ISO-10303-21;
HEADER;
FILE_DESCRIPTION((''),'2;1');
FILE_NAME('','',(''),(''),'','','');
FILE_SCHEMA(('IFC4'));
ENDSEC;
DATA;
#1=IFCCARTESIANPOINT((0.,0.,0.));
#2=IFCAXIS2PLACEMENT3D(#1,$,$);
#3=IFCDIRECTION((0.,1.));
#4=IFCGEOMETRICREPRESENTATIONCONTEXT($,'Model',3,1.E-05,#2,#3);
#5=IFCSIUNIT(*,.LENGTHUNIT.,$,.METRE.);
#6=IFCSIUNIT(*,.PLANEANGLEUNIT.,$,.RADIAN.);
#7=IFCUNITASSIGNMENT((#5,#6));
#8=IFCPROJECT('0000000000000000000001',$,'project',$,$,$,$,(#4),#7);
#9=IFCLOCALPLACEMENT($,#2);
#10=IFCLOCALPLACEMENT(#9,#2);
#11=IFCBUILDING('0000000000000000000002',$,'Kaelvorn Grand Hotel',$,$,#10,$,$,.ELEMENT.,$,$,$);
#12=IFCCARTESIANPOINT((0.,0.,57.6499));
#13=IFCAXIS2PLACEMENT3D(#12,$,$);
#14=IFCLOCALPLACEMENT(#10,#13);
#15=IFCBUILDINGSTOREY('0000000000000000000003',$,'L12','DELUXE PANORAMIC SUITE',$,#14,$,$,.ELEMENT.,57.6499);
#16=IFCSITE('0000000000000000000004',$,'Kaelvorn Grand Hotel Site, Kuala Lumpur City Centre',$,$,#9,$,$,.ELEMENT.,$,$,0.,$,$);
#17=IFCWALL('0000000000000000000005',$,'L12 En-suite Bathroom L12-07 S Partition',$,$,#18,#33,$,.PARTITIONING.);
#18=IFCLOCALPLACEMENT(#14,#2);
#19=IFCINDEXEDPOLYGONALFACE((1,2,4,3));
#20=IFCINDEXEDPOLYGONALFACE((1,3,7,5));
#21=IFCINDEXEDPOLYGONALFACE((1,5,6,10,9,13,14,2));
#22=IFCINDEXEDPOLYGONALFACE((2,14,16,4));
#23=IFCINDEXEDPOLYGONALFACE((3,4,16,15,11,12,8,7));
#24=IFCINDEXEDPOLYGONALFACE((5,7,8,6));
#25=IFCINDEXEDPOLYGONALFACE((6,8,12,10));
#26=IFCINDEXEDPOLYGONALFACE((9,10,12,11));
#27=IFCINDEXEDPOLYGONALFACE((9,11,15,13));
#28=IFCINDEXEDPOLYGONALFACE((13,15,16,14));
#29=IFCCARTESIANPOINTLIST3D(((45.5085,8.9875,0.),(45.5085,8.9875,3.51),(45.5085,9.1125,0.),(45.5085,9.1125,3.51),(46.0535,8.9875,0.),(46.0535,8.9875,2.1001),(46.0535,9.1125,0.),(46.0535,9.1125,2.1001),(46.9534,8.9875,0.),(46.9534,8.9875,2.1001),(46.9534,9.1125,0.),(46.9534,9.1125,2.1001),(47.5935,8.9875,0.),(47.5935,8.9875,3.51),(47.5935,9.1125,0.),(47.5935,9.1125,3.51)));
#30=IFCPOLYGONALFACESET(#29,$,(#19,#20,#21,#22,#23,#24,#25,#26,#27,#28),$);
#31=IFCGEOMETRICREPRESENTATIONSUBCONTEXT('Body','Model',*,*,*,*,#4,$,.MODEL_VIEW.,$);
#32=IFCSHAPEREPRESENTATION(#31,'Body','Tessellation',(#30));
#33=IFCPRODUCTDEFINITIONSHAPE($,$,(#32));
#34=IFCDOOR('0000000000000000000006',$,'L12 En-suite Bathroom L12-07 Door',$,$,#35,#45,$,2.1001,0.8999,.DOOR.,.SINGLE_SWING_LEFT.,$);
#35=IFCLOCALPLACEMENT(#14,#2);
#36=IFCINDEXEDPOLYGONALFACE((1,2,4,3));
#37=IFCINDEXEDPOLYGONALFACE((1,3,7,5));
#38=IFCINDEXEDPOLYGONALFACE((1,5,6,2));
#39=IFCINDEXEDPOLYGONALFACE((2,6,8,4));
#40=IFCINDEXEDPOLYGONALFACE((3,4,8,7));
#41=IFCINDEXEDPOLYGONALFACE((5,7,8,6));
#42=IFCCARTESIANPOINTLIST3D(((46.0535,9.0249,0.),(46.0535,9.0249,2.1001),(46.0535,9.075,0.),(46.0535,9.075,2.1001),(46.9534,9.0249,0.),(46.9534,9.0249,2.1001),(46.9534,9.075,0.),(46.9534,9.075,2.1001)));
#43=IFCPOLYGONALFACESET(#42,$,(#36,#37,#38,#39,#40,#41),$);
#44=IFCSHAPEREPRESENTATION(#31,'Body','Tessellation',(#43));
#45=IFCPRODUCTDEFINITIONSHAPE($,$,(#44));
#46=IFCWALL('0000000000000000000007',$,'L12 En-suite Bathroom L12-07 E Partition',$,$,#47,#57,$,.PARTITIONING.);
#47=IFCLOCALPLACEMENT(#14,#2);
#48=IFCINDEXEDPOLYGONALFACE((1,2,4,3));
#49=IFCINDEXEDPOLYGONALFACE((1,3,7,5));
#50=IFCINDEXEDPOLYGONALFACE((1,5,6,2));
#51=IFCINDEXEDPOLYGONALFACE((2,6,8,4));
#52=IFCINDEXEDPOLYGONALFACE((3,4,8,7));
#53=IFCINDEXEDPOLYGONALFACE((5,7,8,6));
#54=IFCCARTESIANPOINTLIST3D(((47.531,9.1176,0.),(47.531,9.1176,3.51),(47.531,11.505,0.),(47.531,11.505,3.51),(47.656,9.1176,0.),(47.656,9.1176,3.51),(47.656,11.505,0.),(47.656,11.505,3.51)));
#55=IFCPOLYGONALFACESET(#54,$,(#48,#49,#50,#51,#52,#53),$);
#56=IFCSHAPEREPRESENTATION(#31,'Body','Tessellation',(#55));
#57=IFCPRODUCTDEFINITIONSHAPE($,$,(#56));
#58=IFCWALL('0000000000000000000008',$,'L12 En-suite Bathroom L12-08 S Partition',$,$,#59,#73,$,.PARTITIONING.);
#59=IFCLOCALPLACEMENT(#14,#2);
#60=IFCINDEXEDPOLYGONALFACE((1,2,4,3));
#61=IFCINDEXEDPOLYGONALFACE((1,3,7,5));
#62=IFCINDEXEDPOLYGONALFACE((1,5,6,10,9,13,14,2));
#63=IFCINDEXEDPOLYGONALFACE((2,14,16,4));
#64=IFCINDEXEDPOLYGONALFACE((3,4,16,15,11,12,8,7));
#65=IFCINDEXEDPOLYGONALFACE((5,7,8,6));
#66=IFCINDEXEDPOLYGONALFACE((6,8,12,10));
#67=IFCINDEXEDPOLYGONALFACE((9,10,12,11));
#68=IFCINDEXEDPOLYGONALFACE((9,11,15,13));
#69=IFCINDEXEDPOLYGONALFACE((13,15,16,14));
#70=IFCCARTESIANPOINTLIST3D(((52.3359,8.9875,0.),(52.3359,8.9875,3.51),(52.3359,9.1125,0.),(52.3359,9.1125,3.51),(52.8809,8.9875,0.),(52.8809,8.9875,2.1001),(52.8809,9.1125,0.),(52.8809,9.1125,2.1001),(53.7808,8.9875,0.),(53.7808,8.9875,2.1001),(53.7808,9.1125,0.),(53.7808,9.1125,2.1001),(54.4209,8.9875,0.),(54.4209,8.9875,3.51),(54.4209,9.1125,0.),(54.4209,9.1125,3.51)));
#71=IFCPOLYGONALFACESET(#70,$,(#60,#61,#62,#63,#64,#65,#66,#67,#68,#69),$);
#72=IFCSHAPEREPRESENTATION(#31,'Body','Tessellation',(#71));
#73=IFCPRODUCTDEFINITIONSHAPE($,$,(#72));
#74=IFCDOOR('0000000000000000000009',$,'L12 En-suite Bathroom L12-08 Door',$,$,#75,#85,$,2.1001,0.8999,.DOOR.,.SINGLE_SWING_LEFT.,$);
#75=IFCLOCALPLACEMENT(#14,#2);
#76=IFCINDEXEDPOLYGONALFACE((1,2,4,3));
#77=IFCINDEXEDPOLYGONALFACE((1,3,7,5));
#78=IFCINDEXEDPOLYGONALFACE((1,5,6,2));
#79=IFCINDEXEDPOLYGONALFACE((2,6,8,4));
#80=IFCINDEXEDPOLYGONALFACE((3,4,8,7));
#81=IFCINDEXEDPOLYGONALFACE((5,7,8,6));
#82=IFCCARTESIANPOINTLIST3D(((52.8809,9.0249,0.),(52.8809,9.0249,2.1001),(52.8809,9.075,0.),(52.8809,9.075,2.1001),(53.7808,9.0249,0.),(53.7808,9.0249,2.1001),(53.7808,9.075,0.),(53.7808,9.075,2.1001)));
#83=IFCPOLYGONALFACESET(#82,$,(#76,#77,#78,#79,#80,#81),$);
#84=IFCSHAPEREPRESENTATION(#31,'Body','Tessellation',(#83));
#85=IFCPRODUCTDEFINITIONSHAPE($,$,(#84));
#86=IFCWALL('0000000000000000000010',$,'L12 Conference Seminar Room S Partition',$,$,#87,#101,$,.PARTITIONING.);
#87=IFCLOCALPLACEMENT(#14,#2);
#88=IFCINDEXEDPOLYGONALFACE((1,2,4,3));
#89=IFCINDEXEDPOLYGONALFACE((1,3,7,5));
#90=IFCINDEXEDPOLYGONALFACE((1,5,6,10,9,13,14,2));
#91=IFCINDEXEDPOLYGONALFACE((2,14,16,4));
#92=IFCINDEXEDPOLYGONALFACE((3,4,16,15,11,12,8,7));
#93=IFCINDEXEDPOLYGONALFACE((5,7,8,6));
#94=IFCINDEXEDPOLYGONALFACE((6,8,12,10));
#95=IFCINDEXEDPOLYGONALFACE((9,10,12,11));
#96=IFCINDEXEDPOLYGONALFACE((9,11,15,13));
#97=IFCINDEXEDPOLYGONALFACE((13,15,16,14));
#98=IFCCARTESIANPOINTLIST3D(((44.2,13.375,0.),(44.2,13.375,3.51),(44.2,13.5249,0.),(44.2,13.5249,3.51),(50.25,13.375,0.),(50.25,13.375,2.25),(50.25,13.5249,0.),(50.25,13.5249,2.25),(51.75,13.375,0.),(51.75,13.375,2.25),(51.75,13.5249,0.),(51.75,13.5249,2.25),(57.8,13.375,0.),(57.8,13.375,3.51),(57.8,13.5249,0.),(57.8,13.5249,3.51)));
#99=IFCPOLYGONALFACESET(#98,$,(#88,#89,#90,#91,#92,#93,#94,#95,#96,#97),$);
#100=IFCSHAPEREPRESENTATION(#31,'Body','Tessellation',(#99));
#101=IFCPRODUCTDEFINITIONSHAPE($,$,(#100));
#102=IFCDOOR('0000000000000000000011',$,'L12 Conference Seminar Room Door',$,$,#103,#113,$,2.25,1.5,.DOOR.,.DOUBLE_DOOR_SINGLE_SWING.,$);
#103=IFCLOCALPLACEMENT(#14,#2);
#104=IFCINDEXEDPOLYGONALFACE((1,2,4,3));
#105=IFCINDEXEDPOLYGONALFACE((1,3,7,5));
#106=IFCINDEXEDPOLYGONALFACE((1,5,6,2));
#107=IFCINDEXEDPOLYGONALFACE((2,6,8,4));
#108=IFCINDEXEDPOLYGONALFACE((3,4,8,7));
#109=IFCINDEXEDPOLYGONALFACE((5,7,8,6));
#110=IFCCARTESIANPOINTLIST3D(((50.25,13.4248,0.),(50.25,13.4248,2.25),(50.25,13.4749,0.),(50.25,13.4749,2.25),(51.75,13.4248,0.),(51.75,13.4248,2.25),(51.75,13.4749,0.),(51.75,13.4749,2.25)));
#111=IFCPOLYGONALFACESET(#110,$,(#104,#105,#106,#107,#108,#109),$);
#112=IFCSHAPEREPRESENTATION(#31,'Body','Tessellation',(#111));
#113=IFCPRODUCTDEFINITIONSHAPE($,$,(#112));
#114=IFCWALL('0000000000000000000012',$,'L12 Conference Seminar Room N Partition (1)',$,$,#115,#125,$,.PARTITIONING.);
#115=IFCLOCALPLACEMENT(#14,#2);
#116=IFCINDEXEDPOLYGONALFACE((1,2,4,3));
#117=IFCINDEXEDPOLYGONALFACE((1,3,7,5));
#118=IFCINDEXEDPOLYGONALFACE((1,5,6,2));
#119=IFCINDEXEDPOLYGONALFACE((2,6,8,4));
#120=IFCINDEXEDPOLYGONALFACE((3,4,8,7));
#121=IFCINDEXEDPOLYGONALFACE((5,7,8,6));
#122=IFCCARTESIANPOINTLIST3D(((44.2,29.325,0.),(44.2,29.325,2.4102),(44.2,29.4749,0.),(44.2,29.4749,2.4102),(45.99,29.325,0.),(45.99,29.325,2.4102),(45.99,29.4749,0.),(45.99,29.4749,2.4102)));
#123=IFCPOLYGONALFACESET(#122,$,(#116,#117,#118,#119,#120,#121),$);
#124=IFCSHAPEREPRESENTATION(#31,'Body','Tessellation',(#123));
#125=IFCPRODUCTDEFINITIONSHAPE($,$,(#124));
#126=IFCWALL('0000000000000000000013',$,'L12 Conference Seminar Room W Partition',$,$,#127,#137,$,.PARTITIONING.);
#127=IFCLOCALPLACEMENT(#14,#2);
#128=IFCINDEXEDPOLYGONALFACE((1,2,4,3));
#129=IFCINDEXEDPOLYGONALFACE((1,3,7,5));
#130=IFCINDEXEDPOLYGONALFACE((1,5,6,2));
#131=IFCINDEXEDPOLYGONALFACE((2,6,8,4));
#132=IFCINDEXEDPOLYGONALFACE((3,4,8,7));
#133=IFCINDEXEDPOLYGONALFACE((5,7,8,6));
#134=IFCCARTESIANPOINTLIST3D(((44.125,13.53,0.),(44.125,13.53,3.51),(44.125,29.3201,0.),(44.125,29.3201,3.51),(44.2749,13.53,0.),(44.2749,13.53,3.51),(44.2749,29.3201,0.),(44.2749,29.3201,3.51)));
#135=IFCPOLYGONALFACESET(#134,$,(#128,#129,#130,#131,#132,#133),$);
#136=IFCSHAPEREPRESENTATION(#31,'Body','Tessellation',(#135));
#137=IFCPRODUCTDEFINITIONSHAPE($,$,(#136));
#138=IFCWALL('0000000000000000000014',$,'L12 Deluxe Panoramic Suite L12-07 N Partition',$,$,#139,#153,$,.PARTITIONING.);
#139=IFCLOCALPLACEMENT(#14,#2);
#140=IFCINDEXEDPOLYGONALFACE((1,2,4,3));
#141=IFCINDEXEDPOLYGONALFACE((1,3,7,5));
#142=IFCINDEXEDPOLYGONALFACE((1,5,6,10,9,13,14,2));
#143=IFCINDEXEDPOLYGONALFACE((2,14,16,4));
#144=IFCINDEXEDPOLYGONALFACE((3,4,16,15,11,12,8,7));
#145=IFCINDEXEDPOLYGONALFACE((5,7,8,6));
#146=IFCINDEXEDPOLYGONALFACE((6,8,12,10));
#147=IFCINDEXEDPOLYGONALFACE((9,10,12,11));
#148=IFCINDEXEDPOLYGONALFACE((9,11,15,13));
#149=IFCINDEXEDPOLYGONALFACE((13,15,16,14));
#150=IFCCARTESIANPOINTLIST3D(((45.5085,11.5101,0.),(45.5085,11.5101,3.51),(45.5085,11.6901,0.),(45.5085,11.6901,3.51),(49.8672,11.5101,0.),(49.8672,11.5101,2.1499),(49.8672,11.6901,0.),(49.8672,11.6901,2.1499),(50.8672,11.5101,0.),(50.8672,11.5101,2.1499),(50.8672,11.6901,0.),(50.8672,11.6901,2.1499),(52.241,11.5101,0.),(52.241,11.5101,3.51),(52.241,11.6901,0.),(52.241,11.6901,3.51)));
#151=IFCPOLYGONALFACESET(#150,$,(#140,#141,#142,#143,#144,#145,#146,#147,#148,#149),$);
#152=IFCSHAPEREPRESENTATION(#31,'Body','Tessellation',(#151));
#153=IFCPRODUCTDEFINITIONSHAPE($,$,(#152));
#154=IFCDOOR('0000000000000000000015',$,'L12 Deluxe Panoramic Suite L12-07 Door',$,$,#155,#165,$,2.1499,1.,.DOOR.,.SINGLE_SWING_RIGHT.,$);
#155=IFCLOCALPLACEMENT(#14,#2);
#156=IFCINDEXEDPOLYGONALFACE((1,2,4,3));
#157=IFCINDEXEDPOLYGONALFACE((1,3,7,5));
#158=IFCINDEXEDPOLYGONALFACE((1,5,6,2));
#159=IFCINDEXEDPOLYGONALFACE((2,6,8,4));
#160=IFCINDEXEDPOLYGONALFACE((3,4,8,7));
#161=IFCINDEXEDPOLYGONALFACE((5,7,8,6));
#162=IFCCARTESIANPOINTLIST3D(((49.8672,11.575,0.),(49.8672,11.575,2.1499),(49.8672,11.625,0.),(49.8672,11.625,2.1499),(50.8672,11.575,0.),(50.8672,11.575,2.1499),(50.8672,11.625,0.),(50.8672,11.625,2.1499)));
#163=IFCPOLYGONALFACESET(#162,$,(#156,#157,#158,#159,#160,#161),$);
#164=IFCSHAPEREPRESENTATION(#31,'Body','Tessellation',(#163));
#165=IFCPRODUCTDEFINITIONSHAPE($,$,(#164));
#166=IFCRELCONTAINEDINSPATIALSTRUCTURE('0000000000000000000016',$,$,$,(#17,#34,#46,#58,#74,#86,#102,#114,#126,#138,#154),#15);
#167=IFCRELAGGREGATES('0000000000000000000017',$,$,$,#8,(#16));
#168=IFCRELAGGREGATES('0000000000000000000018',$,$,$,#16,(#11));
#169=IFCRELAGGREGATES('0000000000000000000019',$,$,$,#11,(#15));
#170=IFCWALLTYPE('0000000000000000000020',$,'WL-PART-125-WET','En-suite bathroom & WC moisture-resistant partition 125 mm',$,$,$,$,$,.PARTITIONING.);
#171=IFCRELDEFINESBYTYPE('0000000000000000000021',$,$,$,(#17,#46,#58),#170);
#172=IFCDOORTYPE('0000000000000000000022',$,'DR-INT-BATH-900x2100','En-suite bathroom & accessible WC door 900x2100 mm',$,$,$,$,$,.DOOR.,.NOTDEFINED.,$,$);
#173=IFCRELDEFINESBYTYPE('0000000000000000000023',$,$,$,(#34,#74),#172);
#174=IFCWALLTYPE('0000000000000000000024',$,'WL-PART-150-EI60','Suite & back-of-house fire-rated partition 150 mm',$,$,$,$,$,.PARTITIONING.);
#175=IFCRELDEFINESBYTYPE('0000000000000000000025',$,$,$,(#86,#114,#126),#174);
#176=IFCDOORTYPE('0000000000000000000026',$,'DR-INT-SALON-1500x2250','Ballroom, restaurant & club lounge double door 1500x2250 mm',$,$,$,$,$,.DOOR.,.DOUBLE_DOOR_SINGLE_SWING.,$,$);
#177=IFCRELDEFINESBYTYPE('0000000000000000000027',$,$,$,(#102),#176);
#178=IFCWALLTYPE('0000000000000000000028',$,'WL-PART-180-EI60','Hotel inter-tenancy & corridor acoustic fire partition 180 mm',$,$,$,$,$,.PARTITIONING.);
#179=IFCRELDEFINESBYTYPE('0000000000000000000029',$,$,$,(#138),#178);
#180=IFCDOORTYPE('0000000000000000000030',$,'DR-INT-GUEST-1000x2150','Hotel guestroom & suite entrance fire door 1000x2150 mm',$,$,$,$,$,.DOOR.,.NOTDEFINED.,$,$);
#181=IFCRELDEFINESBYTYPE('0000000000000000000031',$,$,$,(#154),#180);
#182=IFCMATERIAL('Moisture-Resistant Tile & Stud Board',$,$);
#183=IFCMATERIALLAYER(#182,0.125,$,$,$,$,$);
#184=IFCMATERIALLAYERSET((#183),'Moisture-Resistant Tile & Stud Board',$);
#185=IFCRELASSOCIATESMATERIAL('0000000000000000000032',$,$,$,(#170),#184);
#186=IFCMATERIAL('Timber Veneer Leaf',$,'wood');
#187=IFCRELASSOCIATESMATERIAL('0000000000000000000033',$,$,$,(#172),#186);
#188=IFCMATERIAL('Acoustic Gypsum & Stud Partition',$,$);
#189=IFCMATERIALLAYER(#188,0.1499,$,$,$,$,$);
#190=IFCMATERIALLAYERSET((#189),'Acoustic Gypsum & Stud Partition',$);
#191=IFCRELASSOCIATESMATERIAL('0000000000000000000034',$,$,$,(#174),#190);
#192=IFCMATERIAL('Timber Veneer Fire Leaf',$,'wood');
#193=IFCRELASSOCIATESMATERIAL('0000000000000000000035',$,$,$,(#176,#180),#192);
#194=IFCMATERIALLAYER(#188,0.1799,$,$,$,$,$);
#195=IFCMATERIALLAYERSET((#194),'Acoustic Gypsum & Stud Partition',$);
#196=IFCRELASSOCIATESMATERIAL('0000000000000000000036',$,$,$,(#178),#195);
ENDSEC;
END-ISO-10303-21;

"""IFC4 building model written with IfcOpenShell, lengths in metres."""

from ifc_helpers import new_model, si_unit, direction, frame, frame_2d, origin, place, context, subcontext, project, spatial, rectangle, extrude, material, layer, layer_set, type_object, element, fill, save


model = new_model("IFC4")

# Units and contexts
model_context = context("Model", 3, precision=1e-05, world=origin(), true_north=direction((0.0, 1.0)))
body_context = subcontext(model_context, "Body", "Model", "MODEL_VIEW")
ifc_project = project(units=[si_unit("LENGTHUNIT", "METRE"), si_unit("PLANEANGLEUNIT", "RADIAN")], contexts=[model_context])

# Site, building, storey
site_placement = place(None, origin())
site = spatial("IfcSite", under=ifc_project, at=site_placement, Name="Kaelvorn Grand Hotel Site, Kuala Lumpur City Centre", CompositionType="ELEMENT", RefElevation=0.0)
building_placement = place(site_placement, origin())
building = spatial("IfcBuilding", under=site, at=building_placement, Name="Kaelvorn Grand Hotel", CompositionType="ELEMENT")
storey_placement = place(building_placement, frame((0.0, 0.0, 57.6499)))
storey = spatial("IfcBuildingStorey", under=building, at=storey_placement, Name="L12", Description="DELUXE PANORAMIC SUITE", CompositionType="ELEMENT", Elevation=57.6499)

# Shared definitions
ifc_material_1 = material(Name="Moisture-Resistant Tile & Stud Board")
ifc_layer_1 = layer(ifc_material_1, 0.125)
ifc_layer_set_1 = layer_set([ifc_layer_1], Name="Moisture-Resistant Tile & Stud Board")
wall_type_1 = type_object("IfcWallType", Name="WL-PART-125-WET", Description="En-suite bathroom & WC moisture-resistant partition 125 mm", PredefinedType="PARTITIONING", material=ifc_layer_set_1)

# Wall, opening, door
wall_1_placement = place(storey_placement, frame((45.5085, 9.05, 0.0), z_axis=(0.0, 0.0, 1.0), x_axis=(1.0, 0.0, 0.0)))
wall_1 = element("IfcWall", 1, at=wall_1_placement, inside=storey, type_object=wall_type_1, Name="L12 En-suite Bathroom L12-07 S Partition", PredefinedType="PARTITIONING", context=body_context, shape_type="SweptSolid", body=[
    extrude(rectangle(XDim=2.085, YDim=0.125, at=frame_2d((1.0425, 0.0))), origin(), (0.0, 0.0, 1.0), 3.51),
])
opening_1_placement = place(wall_1_placement, frame((0.5449, 0.0, 0.0)))
opening_1 = element("IfcOpeningElement", 2, at=opening_1_placement, cuts=wall_1, PredefinedType="OPENING", context=body_context, shape_type="SweptSolid", body=[
    extrude(rectangle(XDim=0.8999, YDim=2.1001, at=frame_2d((0.45, 1.05))), frame((0.0, 0.0725, 0.0), z_axis=(0.0, -1.0, 0.0), x_axis=(1.0, 0.0, 0.0)), (0.0, 0.0, 1.0), 0.145),
])
ifc_material_2 = material(Name="Timber Veneer Leaf", Category="wood")
door_type_1 = type_object("IfcDoorType", Name="DR-INT-BATH-900x2100", Description="En-suite bathroom & accessible WC door 900x2100 mm", OperationType="NOTDEFINED", PredefinedType="DOOR", material=ifc_material_2)
door_1_placement = place(opening_1_placement, origin())
door_1 = element("IfcDoor", 3, at=door_1_placement, inside=storey, type_object=door_type_1, Name="L12 En-suite Bathroom L12-07 Door", OperationType="SINGLE_SWING_LEFT", OverallHeight=2.1001, OverallWidth=0.8999, PredefinedType="DOOR", context=body_context, shape_type="SweptSolid", body=[
    extrude(rectangle(XDim=0.8999, YDim=2.1001, at=frame_2d((0.45, 1.05))), frame((0.0, 0.0249, 0.0), z_axis=(0.0, -1.0, 0.0), x_axis=(1.0, 0.0, 0.0)), (0.0, 0.0, 1.0), 0.05),
])
fill(opening_1, door_1)

# Wall
wall_2_placement = place(storey_placement, frame((47.5935, 9.1174, 0.0), z_axis=(0.0, 0.0, 1.0), x_axis=(0.0, 1.0, 0.0)))
element("IfcWall", 4, at=wall_2_placement, inside=storey, type_object=wall_type_1, Name="L12 En-suite Bathroom L12-07 E Partition", PredefinedType="PARTITIONING", context=body_context, shape_type="SweptSolid", body=[
    extrude(rectangle(XDim=2.3875, YDim=0.125, at=frame_2d((1.1938, 0.0))), origin(), (0.0, 0.0, 1.0), 3.51),
])

# Walls, openings, doors
wall_3_placement = place(storey_placement, frame((52.3359, 9.05, 0.0), z_axis=(0.0, 0.0, 1.0), x_axis=(1.0, 0.0, 0.0)))
wall_3 = element("IfcWall", 5, at=wall_3_placement, inside=storey, type_object=wall_type_1, Name="L12 En-suite Bathroom L12-08 S Partition", PredefinedType="PARTITIONING", context=body_context, shape_type="SweptSolid", body=[
    extrude(rectangle(XDim=2.085, YDim=0.125, at=frame_2d((1.0425, 0.0))), origin(), (0.0, 0.0, 1.0), 3.51),
])
opening_2_placement = place(wall_3_placement, frame((0.5449, 0.0, 0.0)))
opening_2 = element("IfcOpeningElement", 6, at=opening_2_placement, cuts=wall_3, PredefinedType="OPENING", context=body_context, shape_type="SweptSolid", body=[
    extrude(rectangle(XDim=0.8999, YDim=2.1001, at=frame_2d((0.45, 1.05))), frame((0.0, 0.0725, 0.0), z_axis=(0.0, -1.0, 0.0), x_axis=(1.0, 0.0, 0.0)), (0.0, 0.0, 1.0), 0.145),
])
door_2_placement = place(opening_2_placement, origin())
door_2 = element("IfcDoor", 7, at=door_2_placement, inside=storey, type_object=door_type_1, Name="L12 En-suite Bathroom L12-08 Door", OperationType="SINGLE_SWING_LEFT", OverallHeight=2.1001, OverallWidth=0.8999, PredefinedType="DOOR", context=body_context, shape_type="SweptSolid", body=[
    extrude(rectangle(XDim=0.8999, YDim=2.1001, at=frame_2d((0.45, 1.05))), frame((0.0, 0.0249, 0.0), z_axis=(0.0, -1.0, 0.0), x_axis=(1.0, 0.0, 0.0)), (0.0, 0.0, 1.0), 0.05),
])
fill(opening_2, door_2)
ifc_material_3 = material(Name="Acoustic Gypsum & Stud Partition")
ifc_layer_2 = layer(ifc_material_3, 0.1499)
ifc_layer_set_2 = layer_set([ifc_layer_2], Name="Acoustic Gypsum & Stud Partition")
wall_type_2 = type_object("IfcWallType", Name="WL-PART-150-EI60", Description="Suite & back-of-house fire-rated partition 150 mm", PredefinedType="PARTITIONING", material=ifc_layer_set_2)
wall_4_placement = place(storey_placement, frame((44.2, 13.45, 0.0), z_axis=(0.0, 0.0, 1.0), x_axis=(1.0, 0.0, 0.0)))
wall_4 = element("IfcWall", 8, at=wall_4_placement, inside=storey, type_object=wall_type_2, Name="L12 Conference Seminar Room S Partition", PredefinedType="PARTITIONING", context=body_context, shape_type="SweptSolid", body=[
    extrude(rectangle(XDim=13.6001, YDim=0.1499, at=frame_2d((6.8, 0.0))), origin(), (0.0, 0.0, 1.0), 3.51),
])
opening_3_placement = place(wall_4_placement, frame((6.05, 0.0, 0.0)))
opening_3 = element("IfcOpeningElement", 9, at=opening_3_placement, cuts=wall_4, PredefinedType="OPENING", context=body_context, shape_type="SweptSolid", body=[
    extrude(rectangle(XDim=1.5, YDim=2.25, at=frame_2d((0.75, 1.125))), frame((0.0, 0.085, 0.0), z_axis=(0.0, -1.0, 0.0), x_axis=(1.0, 0.0, 0.0)), (0.0, 0.0, 1.0), 0.1699),
])
ifc_material_4 = material(Name="Timber Veneer Fire Leaf", Category="wood")
door_type_2 = type_object("IfcDoorType", Name="DR-INT-SALON-1500x2250", Description="Ballroom, restaurant & club lounge double door 1500x2250 mm", OperationType="DOUBLE_DOOR_SINGLE_SWING", PredefinedType="DOOR", material=ifc_material_4)
door_3_placement = place(opening_3_placement, origin())
door_3 = element("IfcDoor", 10, at=door_3_placement, inside=storey, type_object=door_type_2, Name="L12 Conference Seminar Room Door", OperationType="DOUBLE_DOOR_SINGLE_SWING", OverallHeight=2.25, OverallWidth=1.5, PredefinedType="DOOR", context=body_context, shape_type="SweptSolid", body=[
    extrude(rectangle(XDim=1.5, YDim=2.25, at=frame_2d((0.75, 1.125))), frame((0.0, 0.0249, 0.0), z_axis=(0.0, -1.0, 0.0), x_axis=(1.0, 0.0, 0.0)), (0.0, 0.0, 1.0), 0.05),
])
fill(opening_3, door_3)

# Walls
wall_5_placement = place(storey_placement, frame((44.2, 29.3999, 0.0), z_axis=(0.0, 0.0, 1.0), x_axis=(1.0, 0.0, 0.0)))
element("IfcWall", 11, at=wall_5_placement, inside=storey, type_object=wall_type_2, Name="L12 Conference Seminar Room N Partition (1)", PredefinedType="PARTITIONING", context=body_context, shape_type="SweptSolid", body=[
    extrude(rectangle(XDim=1.79, YDim=0.1499, at=frame_2d((0.895, 0.0))), origin(), (0.0, 0.0, 1.0), 2.4102),
])
wall_6_placement = place(storey_placement, frame((44.2, 13.53, 0.0), z_axis=(0.0, 0.0, 1.0), x_axis=(0.0, 1.0, 0.0)))
element("IfcWall", 12, at=wall_6_placement, inside=storey, type_object=wall_type_2, Name="L12 Conference Seminar Room W Partition", PredefinedType="PARTITIONING", context=body_context, shape_type="SweptSolid", body=[
    extrude(rectangle(XDim=15.79, YDim=0.1499, at=frame_2d((7.895, 0.0))), origin(), (0.0, 0.0, 1.0), 3.51),
])

# Wall, opening, door
ifc_layer_3 = layer(ifc_material_3, 0.1799)
ifc_layer_set_3 = layer_set([ifc_layer_3], Name="Acoustic Gypsum & Stud Partition")
wall_type_3 = type_object("IfcWallType", Name="WL-PART-180-EI60", Description="Hotel inter-tenancy & corridor acoustic fire partition 180 mm", PredefinedType="PARTITIONING", material=ifc_layer_set_3)
wall_7_placement = place(storey_placement, frame((45.5085, 11.6001, 0.0), z_axis=(0.0, 0.0, 1.0), x_axis=(1.0, 0.0, 0.0)))
wall_7 = element("IfcWall", 13, at=wall_7_placement, inside=storey, type_object=wall_type_3, Name="L12 Deluxe Panoramic Suite L12-07 N Partition", PredefinedType="PARTITIONING", context=body_context, shape_type="SweptSolid", body=[
    extrude(rectangle(XDim=6.7324, YDim=0.1799, at=frame_2d((3.3662, 0.0))), origin(), (0.0, 0.0, 1.0), 3.51),
])
opening_4_placement = place(wall_7_placement, frame((4.3586, 0.0, 0.0)))
opening_4 = element("IfcOpeningElement", 14, at=opening_4_placement, cuts=wall_7, PredefinedType="OPENING", context=body_context, shape_type="SweptSolid", body=[
    extrude(rectangle(XDim=1.0, YDim=2.1499, at=frame_2d((0.5, 1.075))), frame((0.0, 0.1001, 0.0), z_axis=(0.0, -1.0, 0.0), x_axis=(1.0, 0.0, 0.0)), (0.0, 0.0, 1.0), 0.2),
])
door_type_3 = type_object("IfcDoorType", Name="DR-INT-GUEST-1000x2150", Description="Hotel guestroom & suite entrance fire door 1000x2150 mm", OperationType="NOTDEFINED", PredefinedType="DOOR", material=ifc_material_4)
door_4_placement = place(opening_4_placement, origin())
door_4 = element("IfcDoor", 15, at=door_4_placement, inside=storey, type_object=door_type_3, Name="L12 Deluxe Panoramic Suite L12-07 Door", OperationType="SINGLE_SWING_RIGHT", OverallHeight=2.1499, OverallWidth=1.0, PredefinedType="DOOR", context=body_context, shape_type="SweptSolid", body=[
    extrude(rectangle(XDim=1.0, YDim=2.1499, at=frame_2d((0.5, 1.075))), frame((0.0, 0.0249, 0.0), z_axis=(0.0, -1.0, 0.0), x_axis=(1.0, 0.0, 0.0)), (0.0, 0.0, 1.0), 0.05),
])
fill(opening_4, door_4)

save(model, "model.ifc")
